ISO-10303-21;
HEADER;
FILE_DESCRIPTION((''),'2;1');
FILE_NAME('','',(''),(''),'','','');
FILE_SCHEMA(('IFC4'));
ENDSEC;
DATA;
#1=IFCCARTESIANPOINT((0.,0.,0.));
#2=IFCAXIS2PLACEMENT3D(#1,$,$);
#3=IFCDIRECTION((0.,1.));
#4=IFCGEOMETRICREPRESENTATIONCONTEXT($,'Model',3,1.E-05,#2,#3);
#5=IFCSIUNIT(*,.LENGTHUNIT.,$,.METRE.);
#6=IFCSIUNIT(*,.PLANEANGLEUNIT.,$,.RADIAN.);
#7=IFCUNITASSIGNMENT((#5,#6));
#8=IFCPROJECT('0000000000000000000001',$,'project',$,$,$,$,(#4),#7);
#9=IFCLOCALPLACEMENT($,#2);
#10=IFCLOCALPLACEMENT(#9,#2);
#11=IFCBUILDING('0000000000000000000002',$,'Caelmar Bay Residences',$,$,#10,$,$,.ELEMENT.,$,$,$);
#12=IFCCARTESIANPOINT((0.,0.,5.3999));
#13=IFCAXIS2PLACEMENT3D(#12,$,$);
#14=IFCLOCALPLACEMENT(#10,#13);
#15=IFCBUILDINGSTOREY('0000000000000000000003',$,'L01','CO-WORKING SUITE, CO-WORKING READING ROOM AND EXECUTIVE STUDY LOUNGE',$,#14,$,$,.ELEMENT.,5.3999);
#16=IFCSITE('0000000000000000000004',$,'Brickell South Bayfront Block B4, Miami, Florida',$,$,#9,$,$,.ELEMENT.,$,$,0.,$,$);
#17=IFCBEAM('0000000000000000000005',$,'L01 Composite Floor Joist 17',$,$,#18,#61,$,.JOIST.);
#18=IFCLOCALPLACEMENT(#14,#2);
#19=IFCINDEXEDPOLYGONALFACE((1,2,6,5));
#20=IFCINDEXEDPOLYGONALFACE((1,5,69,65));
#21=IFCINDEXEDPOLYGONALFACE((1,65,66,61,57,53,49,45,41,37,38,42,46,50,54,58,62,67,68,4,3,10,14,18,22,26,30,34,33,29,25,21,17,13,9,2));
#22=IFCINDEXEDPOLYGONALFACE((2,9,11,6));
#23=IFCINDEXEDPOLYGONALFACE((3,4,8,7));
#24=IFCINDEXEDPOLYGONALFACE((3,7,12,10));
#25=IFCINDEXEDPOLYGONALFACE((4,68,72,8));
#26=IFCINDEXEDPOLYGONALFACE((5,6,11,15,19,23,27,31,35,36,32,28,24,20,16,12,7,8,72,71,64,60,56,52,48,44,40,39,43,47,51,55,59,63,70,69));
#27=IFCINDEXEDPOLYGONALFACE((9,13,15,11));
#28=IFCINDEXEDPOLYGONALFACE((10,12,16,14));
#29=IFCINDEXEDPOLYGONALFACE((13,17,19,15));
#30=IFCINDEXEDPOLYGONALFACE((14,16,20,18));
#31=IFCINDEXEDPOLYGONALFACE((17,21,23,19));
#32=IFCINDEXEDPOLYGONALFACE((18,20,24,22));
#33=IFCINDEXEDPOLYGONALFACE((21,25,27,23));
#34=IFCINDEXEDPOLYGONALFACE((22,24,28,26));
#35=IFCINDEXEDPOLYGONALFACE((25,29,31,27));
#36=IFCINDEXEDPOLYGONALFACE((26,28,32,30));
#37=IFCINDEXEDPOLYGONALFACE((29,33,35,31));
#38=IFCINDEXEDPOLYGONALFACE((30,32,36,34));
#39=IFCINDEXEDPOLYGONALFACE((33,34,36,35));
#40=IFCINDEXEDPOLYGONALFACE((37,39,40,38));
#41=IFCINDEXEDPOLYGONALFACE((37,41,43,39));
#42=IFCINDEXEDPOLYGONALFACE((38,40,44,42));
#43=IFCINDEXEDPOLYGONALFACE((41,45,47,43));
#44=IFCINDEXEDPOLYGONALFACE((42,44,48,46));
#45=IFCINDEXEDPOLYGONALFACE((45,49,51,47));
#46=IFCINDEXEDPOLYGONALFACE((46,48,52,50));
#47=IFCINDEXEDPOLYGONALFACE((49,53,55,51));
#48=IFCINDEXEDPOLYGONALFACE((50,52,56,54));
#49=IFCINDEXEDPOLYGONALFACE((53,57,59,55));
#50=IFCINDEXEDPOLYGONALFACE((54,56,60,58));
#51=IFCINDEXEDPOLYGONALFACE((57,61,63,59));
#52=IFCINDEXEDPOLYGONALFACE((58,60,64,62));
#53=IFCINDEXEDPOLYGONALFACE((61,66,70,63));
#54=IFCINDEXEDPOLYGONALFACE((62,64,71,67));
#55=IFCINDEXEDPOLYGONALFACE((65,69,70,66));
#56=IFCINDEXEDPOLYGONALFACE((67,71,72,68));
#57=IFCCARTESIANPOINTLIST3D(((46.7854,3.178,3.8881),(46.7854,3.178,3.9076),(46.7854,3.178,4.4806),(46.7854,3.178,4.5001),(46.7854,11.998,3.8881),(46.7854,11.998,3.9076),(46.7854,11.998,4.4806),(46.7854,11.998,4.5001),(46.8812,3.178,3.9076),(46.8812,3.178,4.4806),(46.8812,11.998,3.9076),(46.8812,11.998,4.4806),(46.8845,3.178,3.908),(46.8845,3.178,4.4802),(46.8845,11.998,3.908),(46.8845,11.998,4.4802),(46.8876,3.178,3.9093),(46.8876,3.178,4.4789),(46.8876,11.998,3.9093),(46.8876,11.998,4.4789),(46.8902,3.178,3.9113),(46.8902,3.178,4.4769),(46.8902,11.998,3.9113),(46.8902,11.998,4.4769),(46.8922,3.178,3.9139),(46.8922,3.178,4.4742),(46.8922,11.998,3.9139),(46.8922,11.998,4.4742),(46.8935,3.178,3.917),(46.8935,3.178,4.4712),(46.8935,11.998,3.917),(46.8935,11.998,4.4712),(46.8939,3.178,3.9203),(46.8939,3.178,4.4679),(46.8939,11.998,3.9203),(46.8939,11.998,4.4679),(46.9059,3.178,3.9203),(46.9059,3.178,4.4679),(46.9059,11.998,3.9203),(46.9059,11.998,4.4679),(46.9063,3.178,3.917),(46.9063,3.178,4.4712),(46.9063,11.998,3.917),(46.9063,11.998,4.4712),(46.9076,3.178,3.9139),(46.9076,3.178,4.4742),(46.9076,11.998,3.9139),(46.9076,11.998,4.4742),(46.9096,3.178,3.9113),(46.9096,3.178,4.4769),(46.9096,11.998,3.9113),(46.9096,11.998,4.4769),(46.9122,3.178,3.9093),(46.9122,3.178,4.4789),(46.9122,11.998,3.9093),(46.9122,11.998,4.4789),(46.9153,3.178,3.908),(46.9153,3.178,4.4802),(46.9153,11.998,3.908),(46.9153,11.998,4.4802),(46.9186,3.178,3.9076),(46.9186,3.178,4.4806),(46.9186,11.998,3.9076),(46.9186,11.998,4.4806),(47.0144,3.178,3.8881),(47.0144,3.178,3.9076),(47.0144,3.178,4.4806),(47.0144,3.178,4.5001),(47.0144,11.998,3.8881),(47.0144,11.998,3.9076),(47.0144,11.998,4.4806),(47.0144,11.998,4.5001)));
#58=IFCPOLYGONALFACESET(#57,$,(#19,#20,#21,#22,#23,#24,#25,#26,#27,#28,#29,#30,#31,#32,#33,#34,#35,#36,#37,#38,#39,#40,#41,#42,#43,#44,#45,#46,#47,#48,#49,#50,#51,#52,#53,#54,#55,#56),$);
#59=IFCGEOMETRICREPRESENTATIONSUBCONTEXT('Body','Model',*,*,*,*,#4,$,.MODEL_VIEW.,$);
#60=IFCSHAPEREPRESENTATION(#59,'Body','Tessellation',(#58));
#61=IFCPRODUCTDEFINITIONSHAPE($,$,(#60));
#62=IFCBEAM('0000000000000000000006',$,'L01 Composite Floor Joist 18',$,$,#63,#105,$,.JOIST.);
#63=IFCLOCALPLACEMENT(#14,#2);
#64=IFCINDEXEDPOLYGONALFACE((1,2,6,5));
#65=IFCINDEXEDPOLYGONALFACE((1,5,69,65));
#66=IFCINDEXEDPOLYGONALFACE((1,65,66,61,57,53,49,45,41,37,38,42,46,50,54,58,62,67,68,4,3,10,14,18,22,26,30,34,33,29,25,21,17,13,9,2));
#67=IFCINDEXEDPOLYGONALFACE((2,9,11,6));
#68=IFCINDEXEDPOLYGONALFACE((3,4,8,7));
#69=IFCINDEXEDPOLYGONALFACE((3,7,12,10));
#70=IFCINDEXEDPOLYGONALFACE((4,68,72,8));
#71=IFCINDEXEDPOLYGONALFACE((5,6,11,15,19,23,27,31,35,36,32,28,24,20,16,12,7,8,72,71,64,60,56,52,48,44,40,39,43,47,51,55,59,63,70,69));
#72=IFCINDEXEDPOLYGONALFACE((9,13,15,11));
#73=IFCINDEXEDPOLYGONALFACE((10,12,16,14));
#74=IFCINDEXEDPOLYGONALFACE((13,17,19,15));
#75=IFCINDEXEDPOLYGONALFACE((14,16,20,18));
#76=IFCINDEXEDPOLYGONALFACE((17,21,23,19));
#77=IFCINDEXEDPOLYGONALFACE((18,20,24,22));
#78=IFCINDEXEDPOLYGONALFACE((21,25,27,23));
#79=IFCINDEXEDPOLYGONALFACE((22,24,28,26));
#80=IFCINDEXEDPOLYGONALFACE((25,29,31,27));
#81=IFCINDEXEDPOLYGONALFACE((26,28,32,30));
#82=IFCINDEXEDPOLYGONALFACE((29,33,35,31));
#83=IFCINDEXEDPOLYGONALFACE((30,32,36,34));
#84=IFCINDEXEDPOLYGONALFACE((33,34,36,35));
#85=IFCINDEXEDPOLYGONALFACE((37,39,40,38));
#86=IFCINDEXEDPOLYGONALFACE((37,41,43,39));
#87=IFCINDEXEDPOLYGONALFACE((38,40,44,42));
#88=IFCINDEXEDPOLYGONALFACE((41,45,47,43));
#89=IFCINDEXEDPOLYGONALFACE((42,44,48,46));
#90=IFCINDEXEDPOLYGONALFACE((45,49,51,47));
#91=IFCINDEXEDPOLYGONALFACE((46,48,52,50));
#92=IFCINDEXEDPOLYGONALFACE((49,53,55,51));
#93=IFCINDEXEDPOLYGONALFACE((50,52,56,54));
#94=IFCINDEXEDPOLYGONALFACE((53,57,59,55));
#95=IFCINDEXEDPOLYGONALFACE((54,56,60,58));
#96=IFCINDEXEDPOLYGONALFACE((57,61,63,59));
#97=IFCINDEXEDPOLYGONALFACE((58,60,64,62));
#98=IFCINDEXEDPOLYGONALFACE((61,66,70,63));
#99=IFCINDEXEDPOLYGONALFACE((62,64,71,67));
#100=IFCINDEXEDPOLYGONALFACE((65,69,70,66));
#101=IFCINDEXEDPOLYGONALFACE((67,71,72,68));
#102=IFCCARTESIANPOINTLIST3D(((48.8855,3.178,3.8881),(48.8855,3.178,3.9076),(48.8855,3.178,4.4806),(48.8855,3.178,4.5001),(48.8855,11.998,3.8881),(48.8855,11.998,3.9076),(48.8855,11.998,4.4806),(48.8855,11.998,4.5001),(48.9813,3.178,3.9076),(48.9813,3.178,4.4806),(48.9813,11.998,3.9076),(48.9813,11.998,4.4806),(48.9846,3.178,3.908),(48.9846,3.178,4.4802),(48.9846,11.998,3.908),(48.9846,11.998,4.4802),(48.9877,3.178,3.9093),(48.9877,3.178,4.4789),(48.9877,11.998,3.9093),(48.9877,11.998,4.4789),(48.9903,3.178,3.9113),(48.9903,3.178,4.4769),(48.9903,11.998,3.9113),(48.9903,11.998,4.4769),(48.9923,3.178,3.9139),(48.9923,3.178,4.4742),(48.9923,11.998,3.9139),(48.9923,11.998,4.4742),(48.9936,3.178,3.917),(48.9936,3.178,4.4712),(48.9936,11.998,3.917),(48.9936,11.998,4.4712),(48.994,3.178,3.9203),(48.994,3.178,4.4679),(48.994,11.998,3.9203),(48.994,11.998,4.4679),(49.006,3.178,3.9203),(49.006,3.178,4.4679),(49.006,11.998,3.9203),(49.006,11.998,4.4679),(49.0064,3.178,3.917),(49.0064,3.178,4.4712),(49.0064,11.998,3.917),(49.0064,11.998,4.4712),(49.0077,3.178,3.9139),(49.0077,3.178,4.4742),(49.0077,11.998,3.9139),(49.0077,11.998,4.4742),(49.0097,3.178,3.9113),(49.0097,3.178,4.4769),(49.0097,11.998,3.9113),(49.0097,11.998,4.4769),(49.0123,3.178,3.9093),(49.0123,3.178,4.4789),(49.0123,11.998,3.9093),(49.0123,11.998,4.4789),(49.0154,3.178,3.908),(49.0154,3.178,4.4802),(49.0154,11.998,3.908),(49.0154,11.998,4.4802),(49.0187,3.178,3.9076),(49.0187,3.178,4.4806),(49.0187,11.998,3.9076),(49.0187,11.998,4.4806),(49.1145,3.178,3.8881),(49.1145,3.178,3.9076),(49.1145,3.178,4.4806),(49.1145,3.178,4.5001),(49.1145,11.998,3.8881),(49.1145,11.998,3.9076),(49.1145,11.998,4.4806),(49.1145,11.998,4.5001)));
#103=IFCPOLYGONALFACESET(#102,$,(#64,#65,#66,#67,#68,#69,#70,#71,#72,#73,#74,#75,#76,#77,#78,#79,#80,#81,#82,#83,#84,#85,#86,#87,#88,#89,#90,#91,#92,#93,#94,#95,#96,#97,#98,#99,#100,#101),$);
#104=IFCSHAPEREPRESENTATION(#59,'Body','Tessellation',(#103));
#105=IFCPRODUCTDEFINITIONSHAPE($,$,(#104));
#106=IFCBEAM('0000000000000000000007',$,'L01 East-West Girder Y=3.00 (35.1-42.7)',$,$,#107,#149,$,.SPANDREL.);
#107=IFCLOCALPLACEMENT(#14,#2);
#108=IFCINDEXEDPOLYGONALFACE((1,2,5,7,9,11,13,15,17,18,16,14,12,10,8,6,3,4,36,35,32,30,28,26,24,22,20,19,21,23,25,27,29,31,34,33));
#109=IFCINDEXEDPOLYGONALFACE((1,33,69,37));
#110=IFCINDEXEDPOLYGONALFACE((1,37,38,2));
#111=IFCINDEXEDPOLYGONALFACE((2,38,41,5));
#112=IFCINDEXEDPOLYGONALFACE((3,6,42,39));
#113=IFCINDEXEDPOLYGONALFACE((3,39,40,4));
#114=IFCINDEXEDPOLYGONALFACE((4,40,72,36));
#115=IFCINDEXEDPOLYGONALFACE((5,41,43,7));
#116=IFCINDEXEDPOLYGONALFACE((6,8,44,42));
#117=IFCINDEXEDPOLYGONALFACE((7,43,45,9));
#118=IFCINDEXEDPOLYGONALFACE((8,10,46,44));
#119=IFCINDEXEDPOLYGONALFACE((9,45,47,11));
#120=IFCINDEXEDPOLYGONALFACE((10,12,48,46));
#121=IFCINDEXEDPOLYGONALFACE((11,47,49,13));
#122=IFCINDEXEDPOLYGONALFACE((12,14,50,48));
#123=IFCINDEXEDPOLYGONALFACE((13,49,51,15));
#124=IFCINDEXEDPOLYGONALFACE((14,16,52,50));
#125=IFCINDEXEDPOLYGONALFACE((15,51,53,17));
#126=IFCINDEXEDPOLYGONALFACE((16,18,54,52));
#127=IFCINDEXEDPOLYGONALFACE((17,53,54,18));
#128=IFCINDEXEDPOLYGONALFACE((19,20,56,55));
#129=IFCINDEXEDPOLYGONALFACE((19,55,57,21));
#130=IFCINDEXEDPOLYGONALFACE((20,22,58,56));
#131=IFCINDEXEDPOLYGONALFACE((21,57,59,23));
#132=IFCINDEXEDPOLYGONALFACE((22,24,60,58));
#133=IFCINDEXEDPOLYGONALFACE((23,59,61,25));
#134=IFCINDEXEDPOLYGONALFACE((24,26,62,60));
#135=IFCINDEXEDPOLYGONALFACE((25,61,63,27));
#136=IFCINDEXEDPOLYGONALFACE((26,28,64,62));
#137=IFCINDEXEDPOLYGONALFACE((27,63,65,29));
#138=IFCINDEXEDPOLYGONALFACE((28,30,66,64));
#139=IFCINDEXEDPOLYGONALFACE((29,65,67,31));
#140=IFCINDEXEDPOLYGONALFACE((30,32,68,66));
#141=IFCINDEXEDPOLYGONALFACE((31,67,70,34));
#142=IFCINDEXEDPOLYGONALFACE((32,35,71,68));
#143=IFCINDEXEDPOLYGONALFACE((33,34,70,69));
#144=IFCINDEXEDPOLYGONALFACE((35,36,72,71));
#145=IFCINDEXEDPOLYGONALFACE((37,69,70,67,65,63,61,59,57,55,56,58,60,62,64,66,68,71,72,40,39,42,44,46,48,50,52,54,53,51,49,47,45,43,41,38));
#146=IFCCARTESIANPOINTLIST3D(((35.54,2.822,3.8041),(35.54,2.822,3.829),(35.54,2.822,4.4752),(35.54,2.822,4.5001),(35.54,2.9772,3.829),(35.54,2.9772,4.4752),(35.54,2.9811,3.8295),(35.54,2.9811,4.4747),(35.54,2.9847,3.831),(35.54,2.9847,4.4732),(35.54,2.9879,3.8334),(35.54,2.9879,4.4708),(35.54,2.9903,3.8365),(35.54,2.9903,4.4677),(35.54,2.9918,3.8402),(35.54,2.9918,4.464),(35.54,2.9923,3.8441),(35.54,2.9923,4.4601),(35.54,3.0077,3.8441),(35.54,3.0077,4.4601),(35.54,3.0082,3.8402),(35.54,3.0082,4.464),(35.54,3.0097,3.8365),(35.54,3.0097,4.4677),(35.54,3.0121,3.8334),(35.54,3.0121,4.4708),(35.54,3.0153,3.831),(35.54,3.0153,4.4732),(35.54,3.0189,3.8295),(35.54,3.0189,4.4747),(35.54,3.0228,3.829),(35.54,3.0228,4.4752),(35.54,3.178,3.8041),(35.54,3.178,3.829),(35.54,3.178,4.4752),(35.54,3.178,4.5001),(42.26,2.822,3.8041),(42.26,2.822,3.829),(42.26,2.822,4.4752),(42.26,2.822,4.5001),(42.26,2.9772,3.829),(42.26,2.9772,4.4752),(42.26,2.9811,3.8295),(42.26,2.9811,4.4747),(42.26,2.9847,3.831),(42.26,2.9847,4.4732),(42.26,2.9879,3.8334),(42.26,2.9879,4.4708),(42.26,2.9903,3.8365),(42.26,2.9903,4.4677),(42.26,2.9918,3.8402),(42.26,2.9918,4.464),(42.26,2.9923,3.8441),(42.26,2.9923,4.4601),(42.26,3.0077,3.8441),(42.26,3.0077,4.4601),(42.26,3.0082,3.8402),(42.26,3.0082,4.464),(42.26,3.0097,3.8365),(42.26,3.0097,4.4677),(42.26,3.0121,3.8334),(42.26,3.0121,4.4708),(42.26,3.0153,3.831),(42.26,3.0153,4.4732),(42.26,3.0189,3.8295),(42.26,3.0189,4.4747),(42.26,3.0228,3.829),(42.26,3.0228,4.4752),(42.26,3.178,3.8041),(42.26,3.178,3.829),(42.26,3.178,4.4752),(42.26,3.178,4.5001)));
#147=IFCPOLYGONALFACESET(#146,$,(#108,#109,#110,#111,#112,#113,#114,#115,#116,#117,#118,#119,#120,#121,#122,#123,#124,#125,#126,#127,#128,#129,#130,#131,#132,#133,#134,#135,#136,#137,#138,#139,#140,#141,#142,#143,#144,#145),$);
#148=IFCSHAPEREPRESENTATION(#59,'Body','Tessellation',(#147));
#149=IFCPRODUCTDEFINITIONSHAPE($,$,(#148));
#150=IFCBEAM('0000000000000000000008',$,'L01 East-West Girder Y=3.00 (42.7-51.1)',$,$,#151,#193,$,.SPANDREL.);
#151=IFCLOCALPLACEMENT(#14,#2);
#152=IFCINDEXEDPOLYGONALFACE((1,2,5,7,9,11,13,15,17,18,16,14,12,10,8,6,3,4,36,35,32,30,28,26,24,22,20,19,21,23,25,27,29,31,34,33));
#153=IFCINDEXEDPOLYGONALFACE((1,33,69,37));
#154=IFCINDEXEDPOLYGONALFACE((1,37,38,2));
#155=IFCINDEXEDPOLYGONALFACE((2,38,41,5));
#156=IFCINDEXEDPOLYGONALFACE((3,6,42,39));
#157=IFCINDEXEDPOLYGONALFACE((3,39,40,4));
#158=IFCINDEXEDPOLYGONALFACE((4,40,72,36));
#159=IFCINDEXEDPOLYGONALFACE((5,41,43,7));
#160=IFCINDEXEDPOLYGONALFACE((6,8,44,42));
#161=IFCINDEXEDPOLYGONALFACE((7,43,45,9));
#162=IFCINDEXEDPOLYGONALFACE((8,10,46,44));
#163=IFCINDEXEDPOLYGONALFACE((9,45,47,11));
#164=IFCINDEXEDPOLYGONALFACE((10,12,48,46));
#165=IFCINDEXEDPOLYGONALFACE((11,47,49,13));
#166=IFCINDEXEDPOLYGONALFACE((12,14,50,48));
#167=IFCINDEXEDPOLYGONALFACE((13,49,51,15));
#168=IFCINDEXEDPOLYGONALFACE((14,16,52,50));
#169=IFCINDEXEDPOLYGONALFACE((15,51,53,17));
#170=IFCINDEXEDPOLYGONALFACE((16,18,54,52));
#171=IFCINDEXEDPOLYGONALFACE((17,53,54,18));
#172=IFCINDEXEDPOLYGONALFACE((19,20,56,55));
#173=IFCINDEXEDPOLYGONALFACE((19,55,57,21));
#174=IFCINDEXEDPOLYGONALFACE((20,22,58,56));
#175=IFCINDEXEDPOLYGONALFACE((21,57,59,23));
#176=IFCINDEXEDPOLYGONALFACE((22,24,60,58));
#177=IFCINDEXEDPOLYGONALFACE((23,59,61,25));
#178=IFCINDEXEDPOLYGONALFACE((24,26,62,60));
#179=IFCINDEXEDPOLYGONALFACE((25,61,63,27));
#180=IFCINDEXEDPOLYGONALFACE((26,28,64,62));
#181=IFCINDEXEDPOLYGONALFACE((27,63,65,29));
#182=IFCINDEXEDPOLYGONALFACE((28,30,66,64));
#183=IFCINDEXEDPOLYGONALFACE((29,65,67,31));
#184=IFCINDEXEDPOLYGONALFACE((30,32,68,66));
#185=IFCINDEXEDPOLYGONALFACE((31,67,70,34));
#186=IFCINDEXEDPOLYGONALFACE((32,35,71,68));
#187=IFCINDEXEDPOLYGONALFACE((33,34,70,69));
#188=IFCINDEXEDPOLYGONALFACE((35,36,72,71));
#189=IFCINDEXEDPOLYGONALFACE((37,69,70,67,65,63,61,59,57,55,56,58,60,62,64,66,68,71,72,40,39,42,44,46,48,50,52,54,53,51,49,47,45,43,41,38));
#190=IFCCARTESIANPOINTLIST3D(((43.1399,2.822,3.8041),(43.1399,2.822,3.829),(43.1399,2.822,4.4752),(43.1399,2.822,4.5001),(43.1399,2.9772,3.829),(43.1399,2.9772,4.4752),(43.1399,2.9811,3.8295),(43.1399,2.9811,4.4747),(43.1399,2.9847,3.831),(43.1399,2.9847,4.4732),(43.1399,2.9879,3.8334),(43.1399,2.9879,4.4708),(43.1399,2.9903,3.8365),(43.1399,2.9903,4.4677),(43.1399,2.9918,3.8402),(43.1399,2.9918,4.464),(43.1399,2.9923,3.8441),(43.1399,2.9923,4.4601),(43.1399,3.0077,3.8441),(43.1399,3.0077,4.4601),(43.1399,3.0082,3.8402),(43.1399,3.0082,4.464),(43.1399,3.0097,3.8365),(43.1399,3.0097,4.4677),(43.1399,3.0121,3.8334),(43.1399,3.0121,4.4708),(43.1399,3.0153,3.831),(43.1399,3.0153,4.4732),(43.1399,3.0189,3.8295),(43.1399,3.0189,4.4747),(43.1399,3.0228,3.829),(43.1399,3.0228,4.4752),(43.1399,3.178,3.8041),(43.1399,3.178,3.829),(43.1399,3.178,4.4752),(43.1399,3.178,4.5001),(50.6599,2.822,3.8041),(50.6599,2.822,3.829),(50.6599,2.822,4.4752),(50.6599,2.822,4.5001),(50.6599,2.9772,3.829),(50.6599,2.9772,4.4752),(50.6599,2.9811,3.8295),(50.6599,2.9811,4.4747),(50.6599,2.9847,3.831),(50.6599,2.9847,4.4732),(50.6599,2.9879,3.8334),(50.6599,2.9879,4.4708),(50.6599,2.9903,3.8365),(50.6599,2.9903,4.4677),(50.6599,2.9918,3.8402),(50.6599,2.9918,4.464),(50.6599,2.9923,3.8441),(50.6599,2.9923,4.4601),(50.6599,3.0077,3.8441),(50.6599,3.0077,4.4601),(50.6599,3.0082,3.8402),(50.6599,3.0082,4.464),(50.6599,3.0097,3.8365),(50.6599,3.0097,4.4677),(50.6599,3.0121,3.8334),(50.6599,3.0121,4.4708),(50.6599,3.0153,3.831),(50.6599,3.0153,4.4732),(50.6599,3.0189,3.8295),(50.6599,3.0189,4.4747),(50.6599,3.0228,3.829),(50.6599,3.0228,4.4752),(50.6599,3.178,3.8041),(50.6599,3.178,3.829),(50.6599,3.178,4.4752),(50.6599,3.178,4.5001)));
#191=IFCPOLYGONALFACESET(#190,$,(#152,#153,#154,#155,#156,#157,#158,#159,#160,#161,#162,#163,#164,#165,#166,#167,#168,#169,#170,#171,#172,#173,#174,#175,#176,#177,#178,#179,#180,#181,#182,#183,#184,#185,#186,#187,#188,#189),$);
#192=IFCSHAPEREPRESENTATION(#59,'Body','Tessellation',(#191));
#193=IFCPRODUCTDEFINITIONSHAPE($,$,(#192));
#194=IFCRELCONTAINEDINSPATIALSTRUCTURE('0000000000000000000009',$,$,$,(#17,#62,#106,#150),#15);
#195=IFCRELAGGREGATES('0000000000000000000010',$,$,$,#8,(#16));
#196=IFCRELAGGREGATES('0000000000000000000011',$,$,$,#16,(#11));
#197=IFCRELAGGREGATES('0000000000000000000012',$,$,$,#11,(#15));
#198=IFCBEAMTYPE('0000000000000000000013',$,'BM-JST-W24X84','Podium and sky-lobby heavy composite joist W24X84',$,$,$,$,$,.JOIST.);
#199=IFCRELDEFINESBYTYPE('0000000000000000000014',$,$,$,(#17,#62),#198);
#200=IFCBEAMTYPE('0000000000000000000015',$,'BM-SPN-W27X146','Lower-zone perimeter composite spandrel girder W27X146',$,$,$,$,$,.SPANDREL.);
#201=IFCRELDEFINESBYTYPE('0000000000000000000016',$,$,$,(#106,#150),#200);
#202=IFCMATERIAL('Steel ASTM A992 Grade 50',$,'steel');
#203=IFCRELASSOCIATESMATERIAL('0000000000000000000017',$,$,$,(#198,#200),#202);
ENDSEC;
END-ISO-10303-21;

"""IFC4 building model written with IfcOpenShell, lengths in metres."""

from ifc_helpers import new_model, si_unit, direction, frame, origin, origin_2d, place, context, subcontext, project, spatial, i_section, extrude, material, material_profile, profile_set, type_object, element, save


model = new_model("IFC4")

# Units and contexts
model_context = context("Model", 3, precision=1e-05, world=origin(), true_north=direction((0.0, 1.0)))
body_context = subcontext(model_context, "Body", "Model", "MODEL_VIEW")
ifc_project = project(units=[si_unit("LENGTHUNIT", "METRE"), si_unit("PLANEANGLEUNIT", "RADIAN")], contexts=[model_context])

# Site, building, storey
site_placement = place(None, origin())
site = spatial("IfcSite", under=ifc_project, at=site_placement, Name="Brickell South Bayfront Block B4, Miami, Florida", CompositionType="ELEMENT", RefElevation=0.0)
building_placement = place(site_placement, origin())
building = spatial("IfcBuilding", under=site, at=building_placement, Name="Caelmar Bay Residences", CompositionType="ELEMENT")
storey_placement = place(building_placement, frame((0.0, 0.0, 5.3999)))
storey = spatial("IfcBuildingStorey", under=building, at=storey_placement, Name="L01", Description="CO-WORKING SUITE, CO-WORKING READING ROOM AND EXECUTIVE STUDY LOUNGE", CompositionType="ELEMENT", Elevation=5.3999)

# Beams
ifc_material_1 = material(Name="Steel ASTM A992 Grade 50", Category="steel")
ifc_material_profile_1 = material_profile(ifc_material_1, i_section(OverallWidth=0.229, OverallDepth=0.6121, WebThickness=0.012, FlangeThickness=0.0195, FilletRadius=0.0127, at=origin_2d()), Name="W24X84")
ifc_profile_set_1 = profile_set([ifc_material_profile_1], Name="Steel ASTM A992 Grade 50")
beam_type_1 = type_object("IfcBeamType", Name="BM-JST-W24X84", Description="Podium and sky-lobby heavy composite joist W24X84", PredefinedType="JOIST", material=ifc_profile_set_1)
for number, where, z_axis, x_axis, name in (
    (1, (46.8999, 3.178, 4.1941), (0.0, 1.0, 0.0), (-1.0, 0.0, 0.0), "L01 Composite Floor Joist 17"),
    (2, (49.0, 3.178, 4.1941), (0.0, 1.0, 0.0), (-1.0, 0.0, 0.0), "L01 Composite Floor Joist 18"),
):
    element("IfcBeam", number, at=place(storey_placement, frame(where, z_axis=z_axis, x_axis=x_axis)), inside=storey, type_object=beam_type_1, Name=name, PredefinedType="JOIST", context=body_context, shape_type="SweptSolid", body=[
        extrude(i_section(OverallWidth=0.229, OverallDepth=0.6121, WebThickness=0.012, FlangeThickness=0.0195, FilletRadius=0.0127, at=origin_2d()), origin(), (0.0, 0.0, 1.0), 8.8201),
    ])
ifc_material_profile_2 = material_profile(ifc_material_1, i_section(OverallWidth=0.356, OverallDepth=0.696, WebThickness=0.0154, FlangeThickness=0.0249, FilletRadius=0.0151, at=origin_2d()), Name="W27X146")
ifc_profile_set_2 = profile_set([ifc_material_profile_2], Name="Steel ASTM A992 Grade 50")
beam_type_2 = type_object("IfcBeamType", Name="BM-SPN-W27X146", Description="Lower-zone perimeter composite spandrel girder W27X146", PredefinedType="SPANDREL", material=ifc_profile_set_2)
beam_1_placement = place(storey_placement, frame((35.54, 3.0, 4.1521), z_axis=(1.0, 0.0, 0.0), x_axis=(0.0, 1.0, 0.0)))
element("IfcBeam", 3, at=beam_1_placement, inside=storey, type_object=beam_type_2, Name="L01 East-West Girder Y=3.00 (35.1-42.7)", PredefinedType="SPANDREL", context=body_context, shape_type="SweptSolid", body=[
    extrude(i_section(OverallWidth=0.356, OverallDepth=0.696, WebThickness=0.0154, FlangeThickness=0.0249, FilletRadius=0.0151, at=origin_2d()), origin(), (0.0, 0.0, 1.0), 6.72),
])
for number, where, z_axis, x_axis, name in (
    (4, (43.1399, 3.0, 4.1521), (1.0, 0.0, 0.0), (0.0, 1.0, 0.0), "L01 East-West Girder Y=3.00 (42.7-51.1)"),
):
    element("IfcBeam", number, at=place(storey_placement, frame(where, z_axis=z_axis, x_axis=x_axis)), inside=storey, type_object=beam_type_2, Name=name, PredefinedType="SPANDREL", context=body_context, shape_type="SweptSolid", body=[
        extrude(i_section(OverallWidth=0.356, OverallDepth=0.696, WebThickness=0.0154, FlangeThickness=0.0249, FilletRadius=0.0151, at=origin_2d()), origin(), (0.0, 0.0, 1.0), 7.52),
    ])

save(model, "model.ifc")
